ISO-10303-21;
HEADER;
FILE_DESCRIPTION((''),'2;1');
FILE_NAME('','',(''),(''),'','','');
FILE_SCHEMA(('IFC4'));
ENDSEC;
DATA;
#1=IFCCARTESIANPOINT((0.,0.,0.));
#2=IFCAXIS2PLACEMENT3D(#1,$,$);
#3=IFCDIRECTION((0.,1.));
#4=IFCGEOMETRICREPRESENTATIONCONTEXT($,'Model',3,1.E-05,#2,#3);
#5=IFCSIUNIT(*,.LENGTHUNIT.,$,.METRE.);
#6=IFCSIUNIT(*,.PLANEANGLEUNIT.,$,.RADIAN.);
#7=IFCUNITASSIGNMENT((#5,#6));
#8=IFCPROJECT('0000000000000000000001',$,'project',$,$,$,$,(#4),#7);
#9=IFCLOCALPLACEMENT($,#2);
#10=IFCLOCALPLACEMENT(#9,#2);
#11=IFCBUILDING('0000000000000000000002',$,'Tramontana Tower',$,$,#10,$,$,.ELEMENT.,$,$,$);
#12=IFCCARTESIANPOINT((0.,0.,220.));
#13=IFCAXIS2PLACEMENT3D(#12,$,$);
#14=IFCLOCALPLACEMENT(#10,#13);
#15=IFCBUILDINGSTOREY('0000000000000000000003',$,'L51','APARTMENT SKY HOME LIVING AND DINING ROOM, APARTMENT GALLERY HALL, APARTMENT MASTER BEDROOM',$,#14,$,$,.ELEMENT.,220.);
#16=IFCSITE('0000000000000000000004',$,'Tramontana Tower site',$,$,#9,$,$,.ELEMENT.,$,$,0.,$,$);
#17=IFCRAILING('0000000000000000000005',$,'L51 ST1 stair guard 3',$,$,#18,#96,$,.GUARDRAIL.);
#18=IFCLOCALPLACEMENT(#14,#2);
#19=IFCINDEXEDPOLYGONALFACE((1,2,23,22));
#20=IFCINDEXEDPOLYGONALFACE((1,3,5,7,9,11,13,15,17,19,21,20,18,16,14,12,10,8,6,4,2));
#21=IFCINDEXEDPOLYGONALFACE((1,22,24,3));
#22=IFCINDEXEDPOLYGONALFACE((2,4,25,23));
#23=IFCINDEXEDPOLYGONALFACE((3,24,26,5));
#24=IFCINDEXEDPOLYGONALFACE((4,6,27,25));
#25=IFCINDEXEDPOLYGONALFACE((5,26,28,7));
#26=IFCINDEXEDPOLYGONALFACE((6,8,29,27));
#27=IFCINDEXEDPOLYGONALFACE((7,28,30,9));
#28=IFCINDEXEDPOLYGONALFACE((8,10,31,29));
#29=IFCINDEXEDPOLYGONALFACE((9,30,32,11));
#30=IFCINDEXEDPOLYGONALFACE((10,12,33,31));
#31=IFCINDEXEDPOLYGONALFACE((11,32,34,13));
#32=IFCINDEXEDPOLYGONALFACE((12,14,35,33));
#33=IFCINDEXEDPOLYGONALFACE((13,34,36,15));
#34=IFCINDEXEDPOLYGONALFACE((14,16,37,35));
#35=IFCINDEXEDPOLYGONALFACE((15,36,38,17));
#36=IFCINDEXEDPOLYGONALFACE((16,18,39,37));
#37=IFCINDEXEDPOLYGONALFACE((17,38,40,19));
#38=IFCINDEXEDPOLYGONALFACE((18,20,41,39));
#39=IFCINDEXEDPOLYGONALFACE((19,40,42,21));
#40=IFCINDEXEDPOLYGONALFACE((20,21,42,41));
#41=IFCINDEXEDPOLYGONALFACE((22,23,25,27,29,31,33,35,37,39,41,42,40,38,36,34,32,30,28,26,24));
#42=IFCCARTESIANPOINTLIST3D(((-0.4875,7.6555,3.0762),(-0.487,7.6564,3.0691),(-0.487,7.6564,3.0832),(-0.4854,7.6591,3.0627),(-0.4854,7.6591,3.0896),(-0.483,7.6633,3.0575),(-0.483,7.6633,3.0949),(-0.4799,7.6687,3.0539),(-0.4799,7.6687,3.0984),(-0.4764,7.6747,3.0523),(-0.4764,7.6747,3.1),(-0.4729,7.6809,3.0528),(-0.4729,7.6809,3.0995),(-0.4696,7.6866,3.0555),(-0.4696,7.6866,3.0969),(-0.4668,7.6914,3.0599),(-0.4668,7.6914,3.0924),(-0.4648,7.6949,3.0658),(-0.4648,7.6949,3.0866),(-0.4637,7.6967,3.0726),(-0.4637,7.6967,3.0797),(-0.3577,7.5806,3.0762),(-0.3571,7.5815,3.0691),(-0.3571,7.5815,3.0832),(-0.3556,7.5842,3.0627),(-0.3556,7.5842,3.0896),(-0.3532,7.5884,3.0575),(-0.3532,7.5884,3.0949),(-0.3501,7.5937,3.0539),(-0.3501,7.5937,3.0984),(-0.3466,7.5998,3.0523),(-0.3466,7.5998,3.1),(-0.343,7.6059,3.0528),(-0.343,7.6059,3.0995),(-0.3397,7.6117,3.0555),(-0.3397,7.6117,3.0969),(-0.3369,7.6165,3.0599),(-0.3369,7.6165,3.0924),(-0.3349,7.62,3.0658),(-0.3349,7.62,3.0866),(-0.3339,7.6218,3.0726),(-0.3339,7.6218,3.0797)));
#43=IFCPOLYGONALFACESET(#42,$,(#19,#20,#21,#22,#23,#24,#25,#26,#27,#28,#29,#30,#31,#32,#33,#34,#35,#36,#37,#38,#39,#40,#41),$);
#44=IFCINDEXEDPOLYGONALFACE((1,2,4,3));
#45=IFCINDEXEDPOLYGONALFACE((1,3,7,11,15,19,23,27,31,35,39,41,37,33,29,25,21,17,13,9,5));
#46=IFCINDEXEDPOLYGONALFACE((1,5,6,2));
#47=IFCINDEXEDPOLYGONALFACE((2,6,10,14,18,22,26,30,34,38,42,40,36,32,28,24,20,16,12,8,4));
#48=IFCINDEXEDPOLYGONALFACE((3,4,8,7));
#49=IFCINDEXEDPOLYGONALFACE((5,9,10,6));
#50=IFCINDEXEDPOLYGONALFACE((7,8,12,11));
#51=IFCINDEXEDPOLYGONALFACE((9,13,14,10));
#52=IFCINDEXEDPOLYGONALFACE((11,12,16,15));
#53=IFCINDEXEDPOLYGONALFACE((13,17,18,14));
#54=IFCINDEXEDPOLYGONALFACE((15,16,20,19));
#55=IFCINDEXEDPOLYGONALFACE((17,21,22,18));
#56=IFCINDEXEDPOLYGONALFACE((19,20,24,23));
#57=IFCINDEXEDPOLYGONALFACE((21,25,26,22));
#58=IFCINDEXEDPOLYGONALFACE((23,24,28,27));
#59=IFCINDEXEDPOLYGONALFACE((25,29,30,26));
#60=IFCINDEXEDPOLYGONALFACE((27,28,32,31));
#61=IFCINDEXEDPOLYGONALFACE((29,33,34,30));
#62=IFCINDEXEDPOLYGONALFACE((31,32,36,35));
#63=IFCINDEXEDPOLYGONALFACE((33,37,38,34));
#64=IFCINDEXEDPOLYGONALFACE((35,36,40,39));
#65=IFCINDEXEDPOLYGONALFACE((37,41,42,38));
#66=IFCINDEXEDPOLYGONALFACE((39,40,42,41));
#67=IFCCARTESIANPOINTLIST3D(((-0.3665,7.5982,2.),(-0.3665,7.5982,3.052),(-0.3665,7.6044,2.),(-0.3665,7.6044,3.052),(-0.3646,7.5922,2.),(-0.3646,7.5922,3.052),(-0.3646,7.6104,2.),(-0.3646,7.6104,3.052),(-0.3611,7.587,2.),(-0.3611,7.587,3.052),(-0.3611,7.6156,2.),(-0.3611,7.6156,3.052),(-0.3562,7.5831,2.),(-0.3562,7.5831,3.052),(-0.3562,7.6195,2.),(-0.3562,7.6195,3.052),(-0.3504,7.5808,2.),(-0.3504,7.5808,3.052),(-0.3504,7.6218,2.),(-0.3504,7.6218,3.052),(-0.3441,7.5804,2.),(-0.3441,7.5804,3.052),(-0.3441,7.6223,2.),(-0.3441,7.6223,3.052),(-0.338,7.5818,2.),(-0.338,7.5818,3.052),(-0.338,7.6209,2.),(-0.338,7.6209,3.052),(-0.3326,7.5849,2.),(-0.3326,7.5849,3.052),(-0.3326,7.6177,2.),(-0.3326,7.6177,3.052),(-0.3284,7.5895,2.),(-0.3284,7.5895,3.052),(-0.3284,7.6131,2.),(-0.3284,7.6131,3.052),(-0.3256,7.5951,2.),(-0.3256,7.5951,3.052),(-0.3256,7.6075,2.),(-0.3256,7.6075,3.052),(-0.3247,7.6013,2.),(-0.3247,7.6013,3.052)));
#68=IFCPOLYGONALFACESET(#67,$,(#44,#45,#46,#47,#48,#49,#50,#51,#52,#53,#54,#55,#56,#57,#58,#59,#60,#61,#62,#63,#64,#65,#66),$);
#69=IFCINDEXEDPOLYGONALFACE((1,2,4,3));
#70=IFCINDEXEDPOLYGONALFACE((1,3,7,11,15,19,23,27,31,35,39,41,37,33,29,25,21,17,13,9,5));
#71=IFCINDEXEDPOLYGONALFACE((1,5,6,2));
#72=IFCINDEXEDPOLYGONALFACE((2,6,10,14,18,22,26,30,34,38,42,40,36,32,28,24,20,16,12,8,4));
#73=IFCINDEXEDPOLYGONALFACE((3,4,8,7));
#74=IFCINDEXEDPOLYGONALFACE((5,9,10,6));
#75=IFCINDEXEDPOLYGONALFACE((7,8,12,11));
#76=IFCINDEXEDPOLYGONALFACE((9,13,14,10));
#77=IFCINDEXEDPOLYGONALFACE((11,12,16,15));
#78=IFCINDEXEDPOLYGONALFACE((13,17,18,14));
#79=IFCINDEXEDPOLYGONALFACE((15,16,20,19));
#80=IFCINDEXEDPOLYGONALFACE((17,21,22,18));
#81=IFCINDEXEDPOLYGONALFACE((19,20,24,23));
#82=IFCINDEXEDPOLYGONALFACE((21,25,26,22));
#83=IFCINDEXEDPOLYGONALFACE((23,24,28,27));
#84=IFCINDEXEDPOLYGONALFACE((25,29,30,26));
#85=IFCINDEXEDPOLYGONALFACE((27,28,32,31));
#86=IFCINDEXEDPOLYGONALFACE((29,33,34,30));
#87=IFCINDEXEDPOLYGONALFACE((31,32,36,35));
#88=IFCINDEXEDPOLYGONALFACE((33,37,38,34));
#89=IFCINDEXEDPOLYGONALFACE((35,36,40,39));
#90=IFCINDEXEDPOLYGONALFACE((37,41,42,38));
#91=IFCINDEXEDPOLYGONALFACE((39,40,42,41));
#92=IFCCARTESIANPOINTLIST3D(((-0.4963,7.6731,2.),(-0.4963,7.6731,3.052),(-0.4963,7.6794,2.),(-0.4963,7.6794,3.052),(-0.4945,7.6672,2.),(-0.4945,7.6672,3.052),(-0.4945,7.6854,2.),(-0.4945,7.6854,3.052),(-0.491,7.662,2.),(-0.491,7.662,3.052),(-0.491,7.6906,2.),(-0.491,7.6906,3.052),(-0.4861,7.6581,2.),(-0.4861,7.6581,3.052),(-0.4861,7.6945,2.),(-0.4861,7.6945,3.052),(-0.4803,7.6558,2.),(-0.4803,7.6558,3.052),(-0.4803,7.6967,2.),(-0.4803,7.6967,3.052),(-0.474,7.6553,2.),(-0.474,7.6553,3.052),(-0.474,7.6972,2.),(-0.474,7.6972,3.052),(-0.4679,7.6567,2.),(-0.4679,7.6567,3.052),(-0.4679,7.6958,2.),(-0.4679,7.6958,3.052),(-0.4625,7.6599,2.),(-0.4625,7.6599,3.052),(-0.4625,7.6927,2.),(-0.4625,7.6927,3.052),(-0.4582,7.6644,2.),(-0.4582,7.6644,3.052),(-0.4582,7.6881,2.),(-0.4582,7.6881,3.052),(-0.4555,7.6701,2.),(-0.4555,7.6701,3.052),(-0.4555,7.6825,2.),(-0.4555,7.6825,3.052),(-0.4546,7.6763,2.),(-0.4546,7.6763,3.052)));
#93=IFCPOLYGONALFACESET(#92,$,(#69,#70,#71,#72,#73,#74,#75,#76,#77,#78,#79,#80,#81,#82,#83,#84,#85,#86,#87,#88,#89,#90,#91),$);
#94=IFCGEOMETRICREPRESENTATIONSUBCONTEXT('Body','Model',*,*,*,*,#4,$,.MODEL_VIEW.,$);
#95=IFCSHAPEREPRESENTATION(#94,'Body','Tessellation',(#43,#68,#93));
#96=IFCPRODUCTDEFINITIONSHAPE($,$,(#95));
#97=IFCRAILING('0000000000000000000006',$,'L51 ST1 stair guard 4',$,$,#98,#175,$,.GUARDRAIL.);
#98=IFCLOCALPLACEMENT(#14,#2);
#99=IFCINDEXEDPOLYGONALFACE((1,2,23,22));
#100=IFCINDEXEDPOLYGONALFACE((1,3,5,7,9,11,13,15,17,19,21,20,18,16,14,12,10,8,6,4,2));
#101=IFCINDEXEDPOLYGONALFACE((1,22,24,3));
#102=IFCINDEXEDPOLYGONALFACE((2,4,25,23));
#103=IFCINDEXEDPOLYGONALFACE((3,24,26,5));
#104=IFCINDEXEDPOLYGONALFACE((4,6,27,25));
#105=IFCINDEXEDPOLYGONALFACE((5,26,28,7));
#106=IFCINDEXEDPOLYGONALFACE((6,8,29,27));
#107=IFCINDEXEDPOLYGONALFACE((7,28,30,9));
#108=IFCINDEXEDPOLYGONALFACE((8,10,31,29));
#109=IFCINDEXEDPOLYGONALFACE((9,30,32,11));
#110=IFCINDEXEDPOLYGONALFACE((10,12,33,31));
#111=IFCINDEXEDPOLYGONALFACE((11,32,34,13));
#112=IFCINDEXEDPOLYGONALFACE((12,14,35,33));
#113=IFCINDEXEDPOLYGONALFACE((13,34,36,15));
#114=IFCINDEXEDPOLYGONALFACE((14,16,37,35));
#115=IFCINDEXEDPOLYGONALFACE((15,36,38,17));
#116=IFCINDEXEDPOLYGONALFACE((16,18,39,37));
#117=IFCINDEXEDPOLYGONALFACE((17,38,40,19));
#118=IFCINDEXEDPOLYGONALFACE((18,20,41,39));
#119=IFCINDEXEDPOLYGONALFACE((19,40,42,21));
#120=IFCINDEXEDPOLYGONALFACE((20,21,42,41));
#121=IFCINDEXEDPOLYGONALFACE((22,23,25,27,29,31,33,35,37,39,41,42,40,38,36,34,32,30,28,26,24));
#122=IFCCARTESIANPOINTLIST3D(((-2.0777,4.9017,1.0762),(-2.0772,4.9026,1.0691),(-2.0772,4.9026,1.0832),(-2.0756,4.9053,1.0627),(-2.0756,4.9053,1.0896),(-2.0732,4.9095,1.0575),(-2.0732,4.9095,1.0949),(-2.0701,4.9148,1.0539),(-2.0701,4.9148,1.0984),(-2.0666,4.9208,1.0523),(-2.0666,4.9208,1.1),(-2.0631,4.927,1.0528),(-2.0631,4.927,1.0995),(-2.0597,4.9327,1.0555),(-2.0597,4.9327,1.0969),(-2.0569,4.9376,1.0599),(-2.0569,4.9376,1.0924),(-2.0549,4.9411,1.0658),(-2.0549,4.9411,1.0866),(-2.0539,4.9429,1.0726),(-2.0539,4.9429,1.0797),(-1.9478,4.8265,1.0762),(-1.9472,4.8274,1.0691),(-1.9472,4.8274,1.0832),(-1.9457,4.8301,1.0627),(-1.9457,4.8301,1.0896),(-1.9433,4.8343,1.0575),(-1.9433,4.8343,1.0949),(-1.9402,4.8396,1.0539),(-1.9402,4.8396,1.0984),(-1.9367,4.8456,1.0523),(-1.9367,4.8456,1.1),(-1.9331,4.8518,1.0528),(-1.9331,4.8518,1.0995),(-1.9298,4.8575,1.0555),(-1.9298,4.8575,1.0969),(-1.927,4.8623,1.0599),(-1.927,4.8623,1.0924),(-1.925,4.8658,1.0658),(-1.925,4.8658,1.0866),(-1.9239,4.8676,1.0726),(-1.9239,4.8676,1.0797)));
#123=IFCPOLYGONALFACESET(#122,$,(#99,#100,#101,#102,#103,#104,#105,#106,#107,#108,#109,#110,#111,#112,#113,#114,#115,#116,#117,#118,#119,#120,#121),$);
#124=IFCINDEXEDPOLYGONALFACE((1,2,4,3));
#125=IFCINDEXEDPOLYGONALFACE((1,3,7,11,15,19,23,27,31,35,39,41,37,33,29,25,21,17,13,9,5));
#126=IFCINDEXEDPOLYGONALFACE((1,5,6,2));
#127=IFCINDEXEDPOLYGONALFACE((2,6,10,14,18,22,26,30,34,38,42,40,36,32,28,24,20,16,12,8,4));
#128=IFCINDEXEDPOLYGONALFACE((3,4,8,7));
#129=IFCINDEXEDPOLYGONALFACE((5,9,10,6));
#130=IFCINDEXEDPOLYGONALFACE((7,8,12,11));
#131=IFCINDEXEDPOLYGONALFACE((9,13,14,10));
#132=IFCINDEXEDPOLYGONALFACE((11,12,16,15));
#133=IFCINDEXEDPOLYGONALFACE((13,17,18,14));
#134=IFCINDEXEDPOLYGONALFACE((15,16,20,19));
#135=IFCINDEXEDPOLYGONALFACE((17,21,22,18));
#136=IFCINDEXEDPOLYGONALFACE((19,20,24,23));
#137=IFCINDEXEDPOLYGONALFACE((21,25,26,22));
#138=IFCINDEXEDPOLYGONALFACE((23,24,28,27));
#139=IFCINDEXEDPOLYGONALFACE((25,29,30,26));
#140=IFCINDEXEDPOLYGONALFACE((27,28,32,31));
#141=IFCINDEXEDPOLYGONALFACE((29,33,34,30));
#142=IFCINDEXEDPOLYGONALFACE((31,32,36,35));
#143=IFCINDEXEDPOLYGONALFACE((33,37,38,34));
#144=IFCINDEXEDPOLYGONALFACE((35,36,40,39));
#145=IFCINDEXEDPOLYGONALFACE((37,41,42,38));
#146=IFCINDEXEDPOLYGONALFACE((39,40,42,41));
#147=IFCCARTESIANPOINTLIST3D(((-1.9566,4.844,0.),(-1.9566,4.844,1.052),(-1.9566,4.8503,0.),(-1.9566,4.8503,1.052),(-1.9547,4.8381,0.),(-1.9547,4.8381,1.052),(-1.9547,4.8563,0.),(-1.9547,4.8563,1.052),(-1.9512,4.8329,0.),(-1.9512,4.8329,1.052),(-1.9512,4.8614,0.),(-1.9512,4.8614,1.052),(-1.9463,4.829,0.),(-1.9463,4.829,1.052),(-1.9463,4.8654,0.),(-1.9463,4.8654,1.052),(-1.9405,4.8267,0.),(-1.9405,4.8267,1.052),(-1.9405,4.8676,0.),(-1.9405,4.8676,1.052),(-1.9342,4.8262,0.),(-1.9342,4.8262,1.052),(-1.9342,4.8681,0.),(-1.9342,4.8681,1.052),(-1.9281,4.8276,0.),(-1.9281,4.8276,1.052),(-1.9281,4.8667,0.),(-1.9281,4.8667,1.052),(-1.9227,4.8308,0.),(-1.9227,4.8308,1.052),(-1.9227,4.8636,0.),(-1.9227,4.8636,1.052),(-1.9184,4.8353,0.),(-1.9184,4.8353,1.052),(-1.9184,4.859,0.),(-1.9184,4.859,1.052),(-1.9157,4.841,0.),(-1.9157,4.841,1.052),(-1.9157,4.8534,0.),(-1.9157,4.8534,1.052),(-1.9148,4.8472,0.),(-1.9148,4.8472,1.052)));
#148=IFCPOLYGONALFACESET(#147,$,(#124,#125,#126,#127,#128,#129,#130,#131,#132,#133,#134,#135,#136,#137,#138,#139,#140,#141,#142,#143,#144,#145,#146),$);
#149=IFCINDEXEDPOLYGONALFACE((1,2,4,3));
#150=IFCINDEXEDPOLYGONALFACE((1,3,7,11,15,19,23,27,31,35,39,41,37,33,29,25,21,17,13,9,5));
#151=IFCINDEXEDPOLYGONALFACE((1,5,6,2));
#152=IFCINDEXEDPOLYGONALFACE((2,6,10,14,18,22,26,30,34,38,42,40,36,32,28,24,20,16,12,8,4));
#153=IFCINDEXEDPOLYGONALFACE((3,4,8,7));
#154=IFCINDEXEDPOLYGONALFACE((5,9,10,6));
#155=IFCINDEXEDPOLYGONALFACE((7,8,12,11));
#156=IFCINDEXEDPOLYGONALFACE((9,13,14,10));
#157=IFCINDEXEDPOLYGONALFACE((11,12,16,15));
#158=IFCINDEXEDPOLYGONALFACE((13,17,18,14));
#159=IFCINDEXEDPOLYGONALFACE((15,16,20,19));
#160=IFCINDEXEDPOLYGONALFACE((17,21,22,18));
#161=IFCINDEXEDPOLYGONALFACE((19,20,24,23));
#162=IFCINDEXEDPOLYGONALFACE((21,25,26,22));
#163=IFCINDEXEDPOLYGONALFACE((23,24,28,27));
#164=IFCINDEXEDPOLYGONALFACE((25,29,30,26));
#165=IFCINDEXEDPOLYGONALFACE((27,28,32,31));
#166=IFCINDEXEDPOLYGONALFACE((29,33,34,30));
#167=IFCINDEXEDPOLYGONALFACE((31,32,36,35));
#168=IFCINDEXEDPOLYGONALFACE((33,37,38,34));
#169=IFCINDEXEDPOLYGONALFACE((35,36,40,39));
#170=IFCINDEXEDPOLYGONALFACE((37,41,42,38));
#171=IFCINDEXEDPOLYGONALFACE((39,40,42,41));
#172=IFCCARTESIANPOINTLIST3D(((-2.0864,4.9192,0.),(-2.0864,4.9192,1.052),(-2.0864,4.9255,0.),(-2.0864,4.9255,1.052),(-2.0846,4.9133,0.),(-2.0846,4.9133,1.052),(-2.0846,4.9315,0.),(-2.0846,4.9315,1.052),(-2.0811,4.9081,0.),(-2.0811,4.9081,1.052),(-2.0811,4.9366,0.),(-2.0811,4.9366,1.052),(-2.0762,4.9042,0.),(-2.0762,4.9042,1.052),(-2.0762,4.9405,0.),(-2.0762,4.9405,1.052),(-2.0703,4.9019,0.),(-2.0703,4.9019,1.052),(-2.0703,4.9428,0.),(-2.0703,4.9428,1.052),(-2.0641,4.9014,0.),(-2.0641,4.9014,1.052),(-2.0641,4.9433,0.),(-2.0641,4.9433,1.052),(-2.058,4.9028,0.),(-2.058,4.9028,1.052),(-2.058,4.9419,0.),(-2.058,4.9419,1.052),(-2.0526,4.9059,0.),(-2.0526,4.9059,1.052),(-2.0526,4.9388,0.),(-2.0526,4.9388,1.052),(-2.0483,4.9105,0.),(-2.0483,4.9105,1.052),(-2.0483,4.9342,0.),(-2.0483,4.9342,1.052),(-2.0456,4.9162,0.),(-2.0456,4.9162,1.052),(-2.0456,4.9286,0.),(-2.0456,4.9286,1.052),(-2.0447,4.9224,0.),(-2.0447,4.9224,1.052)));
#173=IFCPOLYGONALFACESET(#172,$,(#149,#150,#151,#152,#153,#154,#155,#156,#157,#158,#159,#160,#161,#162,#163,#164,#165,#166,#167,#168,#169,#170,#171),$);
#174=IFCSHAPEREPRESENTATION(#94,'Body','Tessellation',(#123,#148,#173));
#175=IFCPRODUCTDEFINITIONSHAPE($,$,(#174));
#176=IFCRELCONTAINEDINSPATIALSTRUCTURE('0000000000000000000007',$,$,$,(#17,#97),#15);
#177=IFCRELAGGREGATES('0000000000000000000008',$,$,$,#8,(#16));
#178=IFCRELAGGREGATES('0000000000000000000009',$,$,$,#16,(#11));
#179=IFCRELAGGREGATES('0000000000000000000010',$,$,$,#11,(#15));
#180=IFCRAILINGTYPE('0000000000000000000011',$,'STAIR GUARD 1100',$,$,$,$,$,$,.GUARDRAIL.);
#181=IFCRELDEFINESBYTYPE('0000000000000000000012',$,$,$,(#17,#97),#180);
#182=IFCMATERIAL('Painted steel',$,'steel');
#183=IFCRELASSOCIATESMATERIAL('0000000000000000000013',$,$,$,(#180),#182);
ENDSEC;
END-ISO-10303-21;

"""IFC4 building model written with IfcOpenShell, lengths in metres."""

from ifc_helpers import new_model, si_unit, direction, frame, origin, origin_2d, place, context, subcontext, project, spatial, circle, extrude, material, type_object, element, save


model = new_model("IFC4")

# Units and contexts
model_context = context("Model", 3, precision=1e-05, world=origin(), true_north=direction((0.0, 1.0)))
body_context = subcontext(model_context, "Body", "Model", "MODEL_VIEW")
ifc_project = project(units=[si_unit("LENGTHUNIT", "METRE"), si_unit("PLANEANGLEUNIT", "RADIAN")], contexts=[model_context])

# Site, building, storey
site_placement = place(None, origin())
site = spatial("IfcSite", under=ifc_project, at=site_placement, Name="Tramontana Tower site", CompositionType="ELEMENT", RefElevation=0.0)
building_placement = place(site_placement, origin())
building = spatial("IfcBuilding", under=site, at=building_placement, Name="Tramontana Tower", CompositionType="ELEMENT")
storey_placement = place(building_placement, frame((0.0, 0.0, 220.0)))
storey = spatial("IfcBuildingStorey", under=building, at=storey_placement, Name="L51", Description="APARTMENT SKY HOME LIVING AND DINING ROOM, APARTMENT GALLERY HALL, APARTMENT MASTER BEDROOM", CompositionType="ELEMENT", Elevation=220.0)

# Railings
ifc_material_1 = material(Name="Painted steel", Category="steel")
railing_type_1 = type_object("IfcRailingType", Name="STAIR GUARD 1100", PredefinedType="GUARDRAIL", material=ifc_material_1)
railing_1_placement = place(storey_placement, frame((-0.3457, 7.6013, 2.0)))
element("IfcRailing", 1, at=railing_1_placement, inside=storey, type_object=railing_type_1, Name="L51 ST1 stair guard 3", PredefinedType="GUARDRAIL", context=body_context, shape_type="SweptSolid", body=[
    extrude(circle(Radius=0.0239, at=origin_2d()), frame((0.0, 0.0, 1.0762), z_axis=(-0.866131, 0.499816, 0.0), x_axis=(-0.499816, -0.866131, 0.0)), (0.0, 0.0, 1.0), 0.1499),
    extrude(circle(Radius=0.021, at=origin_2d()), origin(), (0.0, 0.0, 1.0), 1.052),
    extrude(circle(Radius=0.021, at=origin_2d()), frame((-0.1299, 0.075, 0.0)), (0.0, 0.0, 1.0), 1.052),
])
railing_2_placement = place(storey_placement, frame((-1.9358, 4.8472, 0.0)))
element("IfcRailing", 2, at=railing_2_placement, inside=storey, type_object=railing_type_1, Name="L51 ST1 stair guard 4", PredefinedType="GUARDRAIL", context=body_context, shape_type="SweptSolid", body=[
    extrude(circle(Radius=0.0239, at=origin_2d()), frame((0.0, 0.0, 1.0762), z_axis=(-0.865426, 0.501036, 0.0), x_axis=(-0.501036, -0.865426, 0.0)), (0.0, 0.0, 1.0), 0.1501),
    extrude(circle(Radius=0.021, at=origin_2d()), origin(), (0.0, 0.0, 1.0), 1.052),
    extrude(circle(Radius=0.021, at=origin_2d()), frame((-0.1299, 0.0752, 0.0)), (0.0, 0.0, 1.0), 1.052),
])

save(model, "model.ifc")
